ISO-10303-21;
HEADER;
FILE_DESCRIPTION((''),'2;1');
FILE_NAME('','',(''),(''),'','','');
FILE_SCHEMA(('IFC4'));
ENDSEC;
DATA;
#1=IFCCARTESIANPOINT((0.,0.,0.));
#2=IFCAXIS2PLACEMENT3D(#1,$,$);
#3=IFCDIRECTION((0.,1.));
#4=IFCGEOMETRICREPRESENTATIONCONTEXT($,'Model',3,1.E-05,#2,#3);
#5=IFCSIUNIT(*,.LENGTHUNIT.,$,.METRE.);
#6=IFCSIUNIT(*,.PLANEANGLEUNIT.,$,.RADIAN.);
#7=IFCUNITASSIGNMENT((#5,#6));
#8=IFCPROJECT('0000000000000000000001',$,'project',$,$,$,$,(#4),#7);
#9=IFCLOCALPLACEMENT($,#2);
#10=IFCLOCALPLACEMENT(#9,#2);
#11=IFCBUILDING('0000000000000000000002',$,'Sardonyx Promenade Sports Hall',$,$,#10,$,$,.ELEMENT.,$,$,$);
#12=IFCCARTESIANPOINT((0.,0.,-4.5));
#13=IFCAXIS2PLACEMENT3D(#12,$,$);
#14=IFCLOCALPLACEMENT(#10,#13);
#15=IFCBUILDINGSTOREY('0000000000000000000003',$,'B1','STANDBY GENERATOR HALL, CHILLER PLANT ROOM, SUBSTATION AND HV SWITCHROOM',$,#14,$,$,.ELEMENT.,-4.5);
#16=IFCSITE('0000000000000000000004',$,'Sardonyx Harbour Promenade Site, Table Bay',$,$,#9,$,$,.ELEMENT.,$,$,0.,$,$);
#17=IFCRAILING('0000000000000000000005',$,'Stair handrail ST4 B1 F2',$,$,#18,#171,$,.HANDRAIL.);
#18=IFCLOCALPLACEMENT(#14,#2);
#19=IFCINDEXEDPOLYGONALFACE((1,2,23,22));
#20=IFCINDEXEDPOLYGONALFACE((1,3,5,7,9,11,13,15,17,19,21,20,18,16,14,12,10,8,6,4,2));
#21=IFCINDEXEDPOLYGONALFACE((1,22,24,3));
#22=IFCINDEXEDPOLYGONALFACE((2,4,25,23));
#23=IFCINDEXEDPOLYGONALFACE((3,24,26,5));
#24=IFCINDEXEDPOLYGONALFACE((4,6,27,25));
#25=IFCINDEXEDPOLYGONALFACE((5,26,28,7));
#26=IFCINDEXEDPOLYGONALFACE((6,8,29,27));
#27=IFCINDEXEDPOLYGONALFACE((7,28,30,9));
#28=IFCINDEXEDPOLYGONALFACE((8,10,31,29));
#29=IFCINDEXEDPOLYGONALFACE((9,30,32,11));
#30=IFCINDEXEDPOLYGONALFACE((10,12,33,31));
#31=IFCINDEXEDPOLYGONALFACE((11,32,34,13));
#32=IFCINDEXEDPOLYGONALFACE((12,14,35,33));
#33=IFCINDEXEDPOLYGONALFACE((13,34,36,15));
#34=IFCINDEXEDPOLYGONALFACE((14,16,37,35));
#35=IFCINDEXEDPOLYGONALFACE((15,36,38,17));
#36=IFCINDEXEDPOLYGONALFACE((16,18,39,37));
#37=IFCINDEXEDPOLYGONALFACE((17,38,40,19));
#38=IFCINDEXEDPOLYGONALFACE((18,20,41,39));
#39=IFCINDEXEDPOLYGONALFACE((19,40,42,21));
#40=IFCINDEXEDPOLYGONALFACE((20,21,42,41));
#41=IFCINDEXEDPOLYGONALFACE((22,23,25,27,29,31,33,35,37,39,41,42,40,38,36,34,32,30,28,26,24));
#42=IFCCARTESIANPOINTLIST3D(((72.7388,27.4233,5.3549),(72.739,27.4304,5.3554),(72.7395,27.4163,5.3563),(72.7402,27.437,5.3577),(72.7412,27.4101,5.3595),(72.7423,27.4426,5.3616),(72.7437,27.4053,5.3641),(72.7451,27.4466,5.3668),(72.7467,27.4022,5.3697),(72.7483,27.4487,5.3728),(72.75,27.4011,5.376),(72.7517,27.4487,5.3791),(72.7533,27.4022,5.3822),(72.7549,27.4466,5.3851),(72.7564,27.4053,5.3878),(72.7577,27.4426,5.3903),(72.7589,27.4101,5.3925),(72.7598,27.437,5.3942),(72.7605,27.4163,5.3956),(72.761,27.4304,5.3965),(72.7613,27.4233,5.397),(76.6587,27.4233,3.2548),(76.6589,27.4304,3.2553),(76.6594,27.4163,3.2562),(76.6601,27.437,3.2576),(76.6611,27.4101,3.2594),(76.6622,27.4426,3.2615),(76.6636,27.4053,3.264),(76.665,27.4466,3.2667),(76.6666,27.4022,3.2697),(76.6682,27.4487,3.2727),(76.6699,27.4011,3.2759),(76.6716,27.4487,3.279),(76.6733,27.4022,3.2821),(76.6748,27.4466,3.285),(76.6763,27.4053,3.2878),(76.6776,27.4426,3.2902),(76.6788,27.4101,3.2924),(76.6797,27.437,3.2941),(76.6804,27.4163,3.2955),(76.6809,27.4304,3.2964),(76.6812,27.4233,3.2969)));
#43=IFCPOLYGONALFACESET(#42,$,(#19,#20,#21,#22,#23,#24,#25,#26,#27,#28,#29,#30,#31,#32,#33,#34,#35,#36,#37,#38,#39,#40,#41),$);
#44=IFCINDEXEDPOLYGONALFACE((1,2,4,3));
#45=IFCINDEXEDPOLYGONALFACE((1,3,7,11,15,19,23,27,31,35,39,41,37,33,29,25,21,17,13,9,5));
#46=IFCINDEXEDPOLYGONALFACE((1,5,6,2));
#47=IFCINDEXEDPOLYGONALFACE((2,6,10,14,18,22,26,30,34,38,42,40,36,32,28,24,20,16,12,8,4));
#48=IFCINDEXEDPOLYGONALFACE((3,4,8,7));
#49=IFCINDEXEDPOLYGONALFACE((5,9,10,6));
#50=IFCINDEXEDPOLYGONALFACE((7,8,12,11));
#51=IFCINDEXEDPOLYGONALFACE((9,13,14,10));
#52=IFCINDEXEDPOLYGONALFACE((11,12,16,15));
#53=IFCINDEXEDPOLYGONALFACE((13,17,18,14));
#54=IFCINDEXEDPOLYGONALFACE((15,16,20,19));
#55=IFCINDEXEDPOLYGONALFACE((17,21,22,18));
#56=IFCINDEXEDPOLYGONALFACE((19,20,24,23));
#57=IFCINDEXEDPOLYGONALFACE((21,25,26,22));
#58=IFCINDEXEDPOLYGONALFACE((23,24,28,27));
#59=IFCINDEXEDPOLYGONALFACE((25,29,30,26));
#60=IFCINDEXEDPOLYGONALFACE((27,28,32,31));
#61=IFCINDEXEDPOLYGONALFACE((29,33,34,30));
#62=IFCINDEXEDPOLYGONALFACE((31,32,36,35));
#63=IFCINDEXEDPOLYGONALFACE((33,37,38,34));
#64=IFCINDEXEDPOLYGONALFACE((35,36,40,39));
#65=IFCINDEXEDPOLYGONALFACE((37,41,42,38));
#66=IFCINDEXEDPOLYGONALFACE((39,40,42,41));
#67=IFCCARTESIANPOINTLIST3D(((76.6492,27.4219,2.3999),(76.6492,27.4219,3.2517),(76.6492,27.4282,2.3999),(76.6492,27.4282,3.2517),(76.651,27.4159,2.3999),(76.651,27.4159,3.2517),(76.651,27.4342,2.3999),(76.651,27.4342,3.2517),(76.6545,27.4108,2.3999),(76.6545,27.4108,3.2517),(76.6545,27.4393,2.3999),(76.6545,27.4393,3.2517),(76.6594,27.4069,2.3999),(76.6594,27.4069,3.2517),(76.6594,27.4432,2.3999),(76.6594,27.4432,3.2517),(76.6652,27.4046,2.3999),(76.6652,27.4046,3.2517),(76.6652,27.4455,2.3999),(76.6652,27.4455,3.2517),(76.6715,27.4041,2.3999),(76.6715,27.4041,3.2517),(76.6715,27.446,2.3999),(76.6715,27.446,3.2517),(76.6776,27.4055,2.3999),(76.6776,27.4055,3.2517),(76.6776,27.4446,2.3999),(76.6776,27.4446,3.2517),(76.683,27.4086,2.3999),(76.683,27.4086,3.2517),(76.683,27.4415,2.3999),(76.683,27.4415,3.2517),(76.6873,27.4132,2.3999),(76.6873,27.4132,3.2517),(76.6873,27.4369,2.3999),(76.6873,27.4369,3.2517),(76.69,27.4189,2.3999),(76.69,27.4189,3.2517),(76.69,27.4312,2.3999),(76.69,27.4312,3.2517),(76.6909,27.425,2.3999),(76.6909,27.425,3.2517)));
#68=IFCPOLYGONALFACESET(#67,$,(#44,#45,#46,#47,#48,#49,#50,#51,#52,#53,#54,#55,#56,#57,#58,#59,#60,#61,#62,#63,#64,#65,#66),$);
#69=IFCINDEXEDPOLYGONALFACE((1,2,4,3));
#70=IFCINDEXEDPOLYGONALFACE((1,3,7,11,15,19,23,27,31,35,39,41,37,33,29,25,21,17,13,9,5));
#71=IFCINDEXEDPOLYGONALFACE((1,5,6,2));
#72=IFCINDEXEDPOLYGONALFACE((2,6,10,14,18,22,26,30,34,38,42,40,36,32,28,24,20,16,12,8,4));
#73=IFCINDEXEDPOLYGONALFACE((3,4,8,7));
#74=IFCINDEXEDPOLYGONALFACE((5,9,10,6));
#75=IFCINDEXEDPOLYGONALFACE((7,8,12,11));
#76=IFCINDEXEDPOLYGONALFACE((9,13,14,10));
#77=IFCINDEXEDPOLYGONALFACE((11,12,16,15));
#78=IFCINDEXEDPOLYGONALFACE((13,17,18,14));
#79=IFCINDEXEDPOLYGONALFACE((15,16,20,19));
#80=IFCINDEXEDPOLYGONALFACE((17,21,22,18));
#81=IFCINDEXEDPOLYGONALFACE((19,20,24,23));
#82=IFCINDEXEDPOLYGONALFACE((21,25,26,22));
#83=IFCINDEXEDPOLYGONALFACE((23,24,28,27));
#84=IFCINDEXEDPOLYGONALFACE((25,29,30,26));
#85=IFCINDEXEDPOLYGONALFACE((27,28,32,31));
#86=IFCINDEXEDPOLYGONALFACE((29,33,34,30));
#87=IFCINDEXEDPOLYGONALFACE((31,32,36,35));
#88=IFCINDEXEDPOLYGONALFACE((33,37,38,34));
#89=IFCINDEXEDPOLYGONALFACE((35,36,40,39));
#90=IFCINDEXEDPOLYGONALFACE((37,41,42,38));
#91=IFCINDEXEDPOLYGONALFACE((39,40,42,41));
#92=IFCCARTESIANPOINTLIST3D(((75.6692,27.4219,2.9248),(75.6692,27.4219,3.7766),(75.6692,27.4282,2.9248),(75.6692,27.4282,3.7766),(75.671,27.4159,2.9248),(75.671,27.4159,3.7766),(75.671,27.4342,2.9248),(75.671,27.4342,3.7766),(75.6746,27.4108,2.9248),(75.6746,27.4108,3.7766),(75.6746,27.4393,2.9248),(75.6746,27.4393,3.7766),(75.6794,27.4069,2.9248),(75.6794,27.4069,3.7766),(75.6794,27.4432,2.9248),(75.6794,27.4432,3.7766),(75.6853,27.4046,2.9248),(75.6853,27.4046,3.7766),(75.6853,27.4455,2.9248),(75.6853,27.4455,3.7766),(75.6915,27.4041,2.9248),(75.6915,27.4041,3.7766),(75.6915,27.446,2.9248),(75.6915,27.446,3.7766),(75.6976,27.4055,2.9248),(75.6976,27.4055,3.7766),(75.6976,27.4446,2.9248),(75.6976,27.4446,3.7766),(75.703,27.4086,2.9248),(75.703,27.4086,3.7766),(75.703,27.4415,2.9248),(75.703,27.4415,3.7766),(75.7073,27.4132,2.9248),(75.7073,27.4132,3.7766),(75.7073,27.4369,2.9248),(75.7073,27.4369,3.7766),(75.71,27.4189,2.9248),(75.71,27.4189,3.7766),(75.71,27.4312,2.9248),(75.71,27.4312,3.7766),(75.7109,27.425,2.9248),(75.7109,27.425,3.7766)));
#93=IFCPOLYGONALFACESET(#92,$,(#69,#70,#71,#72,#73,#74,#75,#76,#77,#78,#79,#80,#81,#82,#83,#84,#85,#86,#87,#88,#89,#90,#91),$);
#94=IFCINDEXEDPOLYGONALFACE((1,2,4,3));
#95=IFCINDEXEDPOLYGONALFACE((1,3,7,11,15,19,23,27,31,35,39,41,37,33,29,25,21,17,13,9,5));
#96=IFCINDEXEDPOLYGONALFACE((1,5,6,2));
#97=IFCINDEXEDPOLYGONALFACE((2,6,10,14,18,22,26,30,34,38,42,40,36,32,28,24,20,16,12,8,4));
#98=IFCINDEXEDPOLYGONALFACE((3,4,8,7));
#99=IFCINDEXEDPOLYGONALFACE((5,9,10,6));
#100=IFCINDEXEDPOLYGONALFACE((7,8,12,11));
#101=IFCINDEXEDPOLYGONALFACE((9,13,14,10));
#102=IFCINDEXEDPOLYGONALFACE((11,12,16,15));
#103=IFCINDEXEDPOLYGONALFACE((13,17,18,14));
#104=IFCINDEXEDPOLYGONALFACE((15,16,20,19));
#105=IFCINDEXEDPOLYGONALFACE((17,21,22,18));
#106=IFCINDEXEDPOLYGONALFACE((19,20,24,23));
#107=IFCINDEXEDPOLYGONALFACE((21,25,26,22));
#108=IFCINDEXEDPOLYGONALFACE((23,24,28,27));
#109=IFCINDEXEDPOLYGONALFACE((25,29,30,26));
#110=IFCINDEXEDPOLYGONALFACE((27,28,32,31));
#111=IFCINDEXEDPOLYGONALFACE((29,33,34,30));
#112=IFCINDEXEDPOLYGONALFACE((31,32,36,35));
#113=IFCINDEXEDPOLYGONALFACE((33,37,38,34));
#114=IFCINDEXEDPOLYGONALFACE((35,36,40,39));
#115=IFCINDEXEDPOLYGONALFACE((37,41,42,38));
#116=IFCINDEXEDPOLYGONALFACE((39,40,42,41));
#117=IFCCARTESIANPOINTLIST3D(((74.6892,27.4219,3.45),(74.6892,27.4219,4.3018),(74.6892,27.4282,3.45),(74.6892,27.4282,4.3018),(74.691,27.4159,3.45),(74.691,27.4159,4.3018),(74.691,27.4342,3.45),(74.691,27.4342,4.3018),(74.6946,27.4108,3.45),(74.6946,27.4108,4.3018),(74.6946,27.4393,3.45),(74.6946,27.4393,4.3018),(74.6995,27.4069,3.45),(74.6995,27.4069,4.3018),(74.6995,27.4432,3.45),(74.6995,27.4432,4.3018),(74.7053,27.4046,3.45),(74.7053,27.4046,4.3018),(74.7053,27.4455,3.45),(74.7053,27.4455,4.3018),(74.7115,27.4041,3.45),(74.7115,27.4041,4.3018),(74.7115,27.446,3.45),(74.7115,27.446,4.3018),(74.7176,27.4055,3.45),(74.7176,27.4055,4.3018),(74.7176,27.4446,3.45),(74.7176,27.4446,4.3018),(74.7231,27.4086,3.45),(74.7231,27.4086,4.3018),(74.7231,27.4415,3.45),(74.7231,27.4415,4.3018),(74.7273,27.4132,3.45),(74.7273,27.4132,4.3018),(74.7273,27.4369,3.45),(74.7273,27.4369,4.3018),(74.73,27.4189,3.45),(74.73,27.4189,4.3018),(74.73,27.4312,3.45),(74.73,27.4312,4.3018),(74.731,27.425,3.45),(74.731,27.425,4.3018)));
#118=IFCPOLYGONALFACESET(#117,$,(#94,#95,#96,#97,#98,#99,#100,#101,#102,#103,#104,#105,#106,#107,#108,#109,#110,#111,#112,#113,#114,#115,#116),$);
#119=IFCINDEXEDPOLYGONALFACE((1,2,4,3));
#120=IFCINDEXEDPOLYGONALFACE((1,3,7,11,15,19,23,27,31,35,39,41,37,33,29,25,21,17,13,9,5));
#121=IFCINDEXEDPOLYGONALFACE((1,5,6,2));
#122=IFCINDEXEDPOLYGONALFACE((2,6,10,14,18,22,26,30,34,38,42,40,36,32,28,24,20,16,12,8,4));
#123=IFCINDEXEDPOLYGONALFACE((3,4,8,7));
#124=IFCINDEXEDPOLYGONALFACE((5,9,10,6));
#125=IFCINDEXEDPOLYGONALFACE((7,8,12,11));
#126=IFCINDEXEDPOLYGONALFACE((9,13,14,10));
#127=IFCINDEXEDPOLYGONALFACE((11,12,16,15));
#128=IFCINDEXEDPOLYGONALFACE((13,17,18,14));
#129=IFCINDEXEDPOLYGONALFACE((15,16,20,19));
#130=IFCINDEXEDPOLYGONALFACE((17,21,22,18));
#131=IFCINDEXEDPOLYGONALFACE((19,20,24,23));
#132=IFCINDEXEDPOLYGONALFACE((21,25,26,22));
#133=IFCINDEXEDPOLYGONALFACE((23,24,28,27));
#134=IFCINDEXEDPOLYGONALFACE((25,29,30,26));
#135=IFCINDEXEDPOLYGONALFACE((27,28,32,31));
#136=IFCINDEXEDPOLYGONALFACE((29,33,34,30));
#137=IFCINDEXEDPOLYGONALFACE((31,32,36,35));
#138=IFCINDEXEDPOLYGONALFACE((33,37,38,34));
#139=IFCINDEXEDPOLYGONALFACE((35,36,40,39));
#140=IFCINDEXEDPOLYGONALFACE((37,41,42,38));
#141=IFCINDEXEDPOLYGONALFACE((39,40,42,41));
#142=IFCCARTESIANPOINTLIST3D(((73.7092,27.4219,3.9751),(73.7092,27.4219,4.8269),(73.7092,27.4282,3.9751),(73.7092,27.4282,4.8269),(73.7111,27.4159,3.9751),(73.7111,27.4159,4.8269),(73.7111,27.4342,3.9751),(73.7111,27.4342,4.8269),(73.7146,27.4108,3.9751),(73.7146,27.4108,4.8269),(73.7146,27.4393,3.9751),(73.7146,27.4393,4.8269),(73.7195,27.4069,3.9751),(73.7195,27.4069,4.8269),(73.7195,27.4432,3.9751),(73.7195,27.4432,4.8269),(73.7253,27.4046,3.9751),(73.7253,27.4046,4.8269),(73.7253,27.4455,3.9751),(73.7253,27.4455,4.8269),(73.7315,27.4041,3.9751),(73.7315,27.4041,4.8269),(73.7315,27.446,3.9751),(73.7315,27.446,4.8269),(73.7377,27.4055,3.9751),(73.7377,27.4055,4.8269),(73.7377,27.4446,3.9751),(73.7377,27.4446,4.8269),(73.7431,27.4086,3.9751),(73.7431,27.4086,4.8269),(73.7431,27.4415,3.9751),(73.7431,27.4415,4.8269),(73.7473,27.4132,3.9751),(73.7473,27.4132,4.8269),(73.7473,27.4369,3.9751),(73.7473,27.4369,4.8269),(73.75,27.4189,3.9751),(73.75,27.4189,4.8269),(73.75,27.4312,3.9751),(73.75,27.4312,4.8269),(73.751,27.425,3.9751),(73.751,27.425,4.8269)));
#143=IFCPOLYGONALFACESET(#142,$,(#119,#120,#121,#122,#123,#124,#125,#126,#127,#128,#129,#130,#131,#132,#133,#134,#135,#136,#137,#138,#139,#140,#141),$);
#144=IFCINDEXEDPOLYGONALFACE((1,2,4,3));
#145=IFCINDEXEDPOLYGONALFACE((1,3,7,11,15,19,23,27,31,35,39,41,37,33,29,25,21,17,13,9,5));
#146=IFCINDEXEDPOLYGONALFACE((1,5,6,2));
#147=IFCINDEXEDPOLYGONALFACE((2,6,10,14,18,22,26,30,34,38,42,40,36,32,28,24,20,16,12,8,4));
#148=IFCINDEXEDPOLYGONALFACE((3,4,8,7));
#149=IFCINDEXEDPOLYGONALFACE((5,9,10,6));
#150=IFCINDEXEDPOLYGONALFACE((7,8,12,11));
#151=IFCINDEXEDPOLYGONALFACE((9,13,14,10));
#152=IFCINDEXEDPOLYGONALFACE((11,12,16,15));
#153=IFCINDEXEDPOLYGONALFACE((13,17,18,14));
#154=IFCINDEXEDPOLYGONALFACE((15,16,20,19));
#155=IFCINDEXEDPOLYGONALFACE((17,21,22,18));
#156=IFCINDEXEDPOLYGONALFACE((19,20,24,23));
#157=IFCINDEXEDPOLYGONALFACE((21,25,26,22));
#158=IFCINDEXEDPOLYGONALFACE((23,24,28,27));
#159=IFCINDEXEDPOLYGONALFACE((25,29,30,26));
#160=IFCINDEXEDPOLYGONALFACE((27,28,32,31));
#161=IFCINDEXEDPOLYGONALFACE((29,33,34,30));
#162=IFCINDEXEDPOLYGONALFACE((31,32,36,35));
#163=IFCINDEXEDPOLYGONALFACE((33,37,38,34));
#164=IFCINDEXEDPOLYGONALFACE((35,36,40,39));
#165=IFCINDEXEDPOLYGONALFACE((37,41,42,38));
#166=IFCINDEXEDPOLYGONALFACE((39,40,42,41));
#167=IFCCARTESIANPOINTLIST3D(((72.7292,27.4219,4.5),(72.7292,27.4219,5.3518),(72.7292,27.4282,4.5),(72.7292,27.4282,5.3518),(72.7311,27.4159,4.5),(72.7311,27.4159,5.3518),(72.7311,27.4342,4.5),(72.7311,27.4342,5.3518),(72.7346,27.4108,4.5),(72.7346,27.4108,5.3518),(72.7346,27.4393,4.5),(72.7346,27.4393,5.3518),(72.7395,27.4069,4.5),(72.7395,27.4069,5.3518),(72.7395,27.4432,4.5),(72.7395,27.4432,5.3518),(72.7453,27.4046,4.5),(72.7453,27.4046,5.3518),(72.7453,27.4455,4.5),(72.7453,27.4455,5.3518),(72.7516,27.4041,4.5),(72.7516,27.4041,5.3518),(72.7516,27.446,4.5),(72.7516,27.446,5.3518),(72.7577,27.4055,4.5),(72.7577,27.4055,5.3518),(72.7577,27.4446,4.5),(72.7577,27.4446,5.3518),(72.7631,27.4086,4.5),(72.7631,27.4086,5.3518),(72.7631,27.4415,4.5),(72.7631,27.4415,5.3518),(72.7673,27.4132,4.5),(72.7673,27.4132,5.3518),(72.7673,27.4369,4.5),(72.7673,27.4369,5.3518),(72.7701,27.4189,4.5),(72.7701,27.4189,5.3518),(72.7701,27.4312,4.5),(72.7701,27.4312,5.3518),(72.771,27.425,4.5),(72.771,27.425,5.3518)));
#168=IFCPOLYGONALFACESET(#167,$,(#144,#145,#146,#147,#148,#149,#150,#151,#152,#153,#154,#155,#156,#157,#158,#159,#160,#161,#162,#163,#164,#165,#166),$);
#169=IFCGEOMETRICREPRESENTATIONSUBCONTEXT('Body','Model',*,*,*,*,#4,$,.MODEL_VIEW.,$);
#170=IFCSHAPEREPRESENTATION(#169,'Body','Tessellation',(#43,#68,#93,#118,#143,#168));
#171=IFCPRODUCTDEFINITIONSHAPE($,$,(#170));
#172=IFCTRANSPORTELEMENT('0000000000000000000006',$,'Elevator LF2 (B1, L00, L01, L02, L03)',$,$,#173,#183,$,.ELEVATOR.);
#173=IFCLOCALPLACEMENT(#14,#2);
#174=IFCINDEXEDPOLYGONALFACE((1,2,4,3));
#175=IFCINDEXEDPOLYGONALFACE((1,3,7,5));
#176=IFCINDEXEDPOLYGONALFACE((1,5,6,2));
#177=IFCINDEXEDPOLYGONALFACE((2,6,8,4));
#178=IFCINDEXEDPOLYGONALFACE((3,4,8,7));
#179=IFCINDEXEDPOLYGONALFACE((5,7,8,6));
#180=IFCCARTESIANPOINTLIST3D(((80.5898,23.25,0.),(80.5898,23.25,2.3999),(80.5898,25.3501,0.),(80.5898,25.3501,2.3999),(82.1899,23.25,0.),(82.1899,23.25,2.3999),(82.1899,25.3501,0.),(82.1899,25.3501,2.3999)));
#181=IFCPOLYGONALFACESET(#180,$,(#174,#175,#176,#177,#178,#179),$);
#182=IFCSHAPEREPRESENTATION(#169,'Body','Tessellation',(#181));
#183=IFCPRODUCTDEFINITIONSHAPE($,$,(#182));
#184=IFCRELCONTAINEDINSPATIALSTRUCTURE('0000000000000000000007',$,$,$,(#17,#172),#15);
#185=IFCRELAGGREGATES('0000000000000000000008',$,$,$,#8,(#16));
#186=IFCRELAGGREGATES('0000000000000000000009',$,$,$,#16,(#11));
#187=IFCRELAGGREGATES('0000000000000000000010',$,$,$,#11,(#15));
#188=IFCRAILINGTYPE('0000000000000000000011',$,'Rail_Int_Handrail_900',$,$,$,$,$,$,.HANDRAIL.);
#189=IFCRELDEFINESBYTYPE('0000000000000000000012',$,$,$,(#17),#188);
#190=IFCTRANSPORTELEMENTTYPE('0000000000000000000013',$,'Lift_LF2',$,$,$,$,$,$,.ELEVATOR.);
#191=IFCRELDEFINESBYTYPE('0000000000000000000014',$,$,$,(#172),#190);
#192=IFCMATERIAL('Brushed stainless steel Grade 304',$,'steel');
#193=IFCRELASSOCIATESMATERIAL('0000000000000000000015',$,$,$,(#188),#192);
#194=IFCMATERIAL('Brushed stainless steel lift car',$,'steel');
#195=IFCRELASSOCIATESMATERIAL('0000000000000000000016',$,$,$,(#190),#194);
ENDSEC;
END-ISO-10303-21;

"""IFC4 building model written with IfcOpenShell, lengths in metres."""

from ifc_helpers import new_model, si_unit, direction, frame, origin, origin_2d, place, context, subcontext, project, spatial, rectangle, circle, extrude, material, type_object, element, save


model = new_model("IFC4")

# Units and contexts
model_context = context("Model", 3, precision=1e-05, world=origin(), true_north=direction((0.0, 1.0)))
body_context = subcontext(model_context, "Body", "Model", "MODEL_VIEW")
ifc_project = project(units=[si_unit("LENGTHUNIT", "METRE"), si_unit("PLANEANGLEUNIT", "RADIAN")], contexts=[model_context])

# Site, building, storey
site_placement = place(None, origin())
site = spatial("IfcSite", under=ifc_project, at=site_placement, Name="Sardonyx Harbour Promenade Site, Table Bay", CompositionType="ELEMENT", RefElevation=0.0)
building_placement = place(site_placement, origin())
building = spatial("IfcBuilding", under=site, at=building_placement, Name="Sardonyx Promenade Sports Hall", CompositionType="ELEMENT")
storey_placement = place(building_placement, frame((0.0, 0.0, -4.5)))
storey = spatial("IfcBuildingStorey", under=building, at=storey_placement, Name="B1", Description="STANDBY GENERATOR HALL, CHILLER PLANT ROOM, SUBSTATION AND HV SWITCHROOM", CompositionType="ELEMENT", Elevation=-4.5)

# Railing
ifc_material_1 = material(Name="Brushed stainless steel Grade 304", Category="steel")
railing_type_1 = type_object("IfcRailingType", Name="Rail_Int_Handrail_900", PredefinedType="HANDRAIL", material=ifc_material_1)
railing_1_placement = place(storey_placement, frame((76.6699, 27.425, 2.3999)))
element("IfcRailing", 1, at=railing_1_placement, inside=storey, type_object=railing_type_1, Name="Stair handrail ST4 B1 F2", PredefinedType="HANDRAIL", context=body_context, shape_type="SweptSolid", body=[
    extrude(circle(Radius=0.0239, at=origin_2d()), frame((0.0, 0.0, 0.876), z_axis=(-0.881467, 0.0, 0.472246), x_axis=(0.0, -1.0, 0.0)), (0.0, 0.0, 1.0), 4.447),
    extrude(circle(Radius=0.021, at=origin_2d()), origin(), (0.0, 0.0, 1.0), 0.8518),
    extrude(circle(Radius=0.021, at=origin_2d()), frame((-0.98, 0.0, 0.5249)), (0.0, 0.0, 1.0), 0.8518),
    extrude(circle(Radius=0.021, at=origin_2d()), frame((-1.96, 0.0, 1.05)), (0.0, 0.0, 1.0), 0.8518),
    extrude(circle(Radius=0.021, at=origin_2d()), frame((-2.9399, 0.0, 1.5752)), (0.0, 0.0, 1.0), 0.8518),
    extrude(circle(Radius=0.021, at=origin_2d()), frame((-3.9199, 0.0, 2.1001)), (0.0, 0.0, 1.0), 0.8518),
])

# Transport element
ifc_material_2 = material(Name="Brushed stainless steel lift car", Category="steel")
transport_element_type = type_object("IfcTransportElementType", Name="Lift_LF2", PredefinedType="ELEVATOR", material=ifc_material_2)
transport_element_placement = place(storey_placement, frame((81.3899, 24.3, 0.0), z_axis=(0.0, 0.0, 1.0), x_axis=(1.0, 0.0, 0.0)))
element("IfcTransportElement", 2, at=transport_element_placement, inside=storey, type_object=transport_element_type, Name="Elevator LF2 (B1, L00, L01, L02, L03)", PredefinedType="ELEVATOR", context=body_context, shape_type="SweptSolid", body=[
    extrude(rectangle(XDim=1.6001, YDim=2.1001, at=origin_2d()), origin(), (0.0, 0.0, 1.0), 2.3999),
])

save(model, "model.ifc")
